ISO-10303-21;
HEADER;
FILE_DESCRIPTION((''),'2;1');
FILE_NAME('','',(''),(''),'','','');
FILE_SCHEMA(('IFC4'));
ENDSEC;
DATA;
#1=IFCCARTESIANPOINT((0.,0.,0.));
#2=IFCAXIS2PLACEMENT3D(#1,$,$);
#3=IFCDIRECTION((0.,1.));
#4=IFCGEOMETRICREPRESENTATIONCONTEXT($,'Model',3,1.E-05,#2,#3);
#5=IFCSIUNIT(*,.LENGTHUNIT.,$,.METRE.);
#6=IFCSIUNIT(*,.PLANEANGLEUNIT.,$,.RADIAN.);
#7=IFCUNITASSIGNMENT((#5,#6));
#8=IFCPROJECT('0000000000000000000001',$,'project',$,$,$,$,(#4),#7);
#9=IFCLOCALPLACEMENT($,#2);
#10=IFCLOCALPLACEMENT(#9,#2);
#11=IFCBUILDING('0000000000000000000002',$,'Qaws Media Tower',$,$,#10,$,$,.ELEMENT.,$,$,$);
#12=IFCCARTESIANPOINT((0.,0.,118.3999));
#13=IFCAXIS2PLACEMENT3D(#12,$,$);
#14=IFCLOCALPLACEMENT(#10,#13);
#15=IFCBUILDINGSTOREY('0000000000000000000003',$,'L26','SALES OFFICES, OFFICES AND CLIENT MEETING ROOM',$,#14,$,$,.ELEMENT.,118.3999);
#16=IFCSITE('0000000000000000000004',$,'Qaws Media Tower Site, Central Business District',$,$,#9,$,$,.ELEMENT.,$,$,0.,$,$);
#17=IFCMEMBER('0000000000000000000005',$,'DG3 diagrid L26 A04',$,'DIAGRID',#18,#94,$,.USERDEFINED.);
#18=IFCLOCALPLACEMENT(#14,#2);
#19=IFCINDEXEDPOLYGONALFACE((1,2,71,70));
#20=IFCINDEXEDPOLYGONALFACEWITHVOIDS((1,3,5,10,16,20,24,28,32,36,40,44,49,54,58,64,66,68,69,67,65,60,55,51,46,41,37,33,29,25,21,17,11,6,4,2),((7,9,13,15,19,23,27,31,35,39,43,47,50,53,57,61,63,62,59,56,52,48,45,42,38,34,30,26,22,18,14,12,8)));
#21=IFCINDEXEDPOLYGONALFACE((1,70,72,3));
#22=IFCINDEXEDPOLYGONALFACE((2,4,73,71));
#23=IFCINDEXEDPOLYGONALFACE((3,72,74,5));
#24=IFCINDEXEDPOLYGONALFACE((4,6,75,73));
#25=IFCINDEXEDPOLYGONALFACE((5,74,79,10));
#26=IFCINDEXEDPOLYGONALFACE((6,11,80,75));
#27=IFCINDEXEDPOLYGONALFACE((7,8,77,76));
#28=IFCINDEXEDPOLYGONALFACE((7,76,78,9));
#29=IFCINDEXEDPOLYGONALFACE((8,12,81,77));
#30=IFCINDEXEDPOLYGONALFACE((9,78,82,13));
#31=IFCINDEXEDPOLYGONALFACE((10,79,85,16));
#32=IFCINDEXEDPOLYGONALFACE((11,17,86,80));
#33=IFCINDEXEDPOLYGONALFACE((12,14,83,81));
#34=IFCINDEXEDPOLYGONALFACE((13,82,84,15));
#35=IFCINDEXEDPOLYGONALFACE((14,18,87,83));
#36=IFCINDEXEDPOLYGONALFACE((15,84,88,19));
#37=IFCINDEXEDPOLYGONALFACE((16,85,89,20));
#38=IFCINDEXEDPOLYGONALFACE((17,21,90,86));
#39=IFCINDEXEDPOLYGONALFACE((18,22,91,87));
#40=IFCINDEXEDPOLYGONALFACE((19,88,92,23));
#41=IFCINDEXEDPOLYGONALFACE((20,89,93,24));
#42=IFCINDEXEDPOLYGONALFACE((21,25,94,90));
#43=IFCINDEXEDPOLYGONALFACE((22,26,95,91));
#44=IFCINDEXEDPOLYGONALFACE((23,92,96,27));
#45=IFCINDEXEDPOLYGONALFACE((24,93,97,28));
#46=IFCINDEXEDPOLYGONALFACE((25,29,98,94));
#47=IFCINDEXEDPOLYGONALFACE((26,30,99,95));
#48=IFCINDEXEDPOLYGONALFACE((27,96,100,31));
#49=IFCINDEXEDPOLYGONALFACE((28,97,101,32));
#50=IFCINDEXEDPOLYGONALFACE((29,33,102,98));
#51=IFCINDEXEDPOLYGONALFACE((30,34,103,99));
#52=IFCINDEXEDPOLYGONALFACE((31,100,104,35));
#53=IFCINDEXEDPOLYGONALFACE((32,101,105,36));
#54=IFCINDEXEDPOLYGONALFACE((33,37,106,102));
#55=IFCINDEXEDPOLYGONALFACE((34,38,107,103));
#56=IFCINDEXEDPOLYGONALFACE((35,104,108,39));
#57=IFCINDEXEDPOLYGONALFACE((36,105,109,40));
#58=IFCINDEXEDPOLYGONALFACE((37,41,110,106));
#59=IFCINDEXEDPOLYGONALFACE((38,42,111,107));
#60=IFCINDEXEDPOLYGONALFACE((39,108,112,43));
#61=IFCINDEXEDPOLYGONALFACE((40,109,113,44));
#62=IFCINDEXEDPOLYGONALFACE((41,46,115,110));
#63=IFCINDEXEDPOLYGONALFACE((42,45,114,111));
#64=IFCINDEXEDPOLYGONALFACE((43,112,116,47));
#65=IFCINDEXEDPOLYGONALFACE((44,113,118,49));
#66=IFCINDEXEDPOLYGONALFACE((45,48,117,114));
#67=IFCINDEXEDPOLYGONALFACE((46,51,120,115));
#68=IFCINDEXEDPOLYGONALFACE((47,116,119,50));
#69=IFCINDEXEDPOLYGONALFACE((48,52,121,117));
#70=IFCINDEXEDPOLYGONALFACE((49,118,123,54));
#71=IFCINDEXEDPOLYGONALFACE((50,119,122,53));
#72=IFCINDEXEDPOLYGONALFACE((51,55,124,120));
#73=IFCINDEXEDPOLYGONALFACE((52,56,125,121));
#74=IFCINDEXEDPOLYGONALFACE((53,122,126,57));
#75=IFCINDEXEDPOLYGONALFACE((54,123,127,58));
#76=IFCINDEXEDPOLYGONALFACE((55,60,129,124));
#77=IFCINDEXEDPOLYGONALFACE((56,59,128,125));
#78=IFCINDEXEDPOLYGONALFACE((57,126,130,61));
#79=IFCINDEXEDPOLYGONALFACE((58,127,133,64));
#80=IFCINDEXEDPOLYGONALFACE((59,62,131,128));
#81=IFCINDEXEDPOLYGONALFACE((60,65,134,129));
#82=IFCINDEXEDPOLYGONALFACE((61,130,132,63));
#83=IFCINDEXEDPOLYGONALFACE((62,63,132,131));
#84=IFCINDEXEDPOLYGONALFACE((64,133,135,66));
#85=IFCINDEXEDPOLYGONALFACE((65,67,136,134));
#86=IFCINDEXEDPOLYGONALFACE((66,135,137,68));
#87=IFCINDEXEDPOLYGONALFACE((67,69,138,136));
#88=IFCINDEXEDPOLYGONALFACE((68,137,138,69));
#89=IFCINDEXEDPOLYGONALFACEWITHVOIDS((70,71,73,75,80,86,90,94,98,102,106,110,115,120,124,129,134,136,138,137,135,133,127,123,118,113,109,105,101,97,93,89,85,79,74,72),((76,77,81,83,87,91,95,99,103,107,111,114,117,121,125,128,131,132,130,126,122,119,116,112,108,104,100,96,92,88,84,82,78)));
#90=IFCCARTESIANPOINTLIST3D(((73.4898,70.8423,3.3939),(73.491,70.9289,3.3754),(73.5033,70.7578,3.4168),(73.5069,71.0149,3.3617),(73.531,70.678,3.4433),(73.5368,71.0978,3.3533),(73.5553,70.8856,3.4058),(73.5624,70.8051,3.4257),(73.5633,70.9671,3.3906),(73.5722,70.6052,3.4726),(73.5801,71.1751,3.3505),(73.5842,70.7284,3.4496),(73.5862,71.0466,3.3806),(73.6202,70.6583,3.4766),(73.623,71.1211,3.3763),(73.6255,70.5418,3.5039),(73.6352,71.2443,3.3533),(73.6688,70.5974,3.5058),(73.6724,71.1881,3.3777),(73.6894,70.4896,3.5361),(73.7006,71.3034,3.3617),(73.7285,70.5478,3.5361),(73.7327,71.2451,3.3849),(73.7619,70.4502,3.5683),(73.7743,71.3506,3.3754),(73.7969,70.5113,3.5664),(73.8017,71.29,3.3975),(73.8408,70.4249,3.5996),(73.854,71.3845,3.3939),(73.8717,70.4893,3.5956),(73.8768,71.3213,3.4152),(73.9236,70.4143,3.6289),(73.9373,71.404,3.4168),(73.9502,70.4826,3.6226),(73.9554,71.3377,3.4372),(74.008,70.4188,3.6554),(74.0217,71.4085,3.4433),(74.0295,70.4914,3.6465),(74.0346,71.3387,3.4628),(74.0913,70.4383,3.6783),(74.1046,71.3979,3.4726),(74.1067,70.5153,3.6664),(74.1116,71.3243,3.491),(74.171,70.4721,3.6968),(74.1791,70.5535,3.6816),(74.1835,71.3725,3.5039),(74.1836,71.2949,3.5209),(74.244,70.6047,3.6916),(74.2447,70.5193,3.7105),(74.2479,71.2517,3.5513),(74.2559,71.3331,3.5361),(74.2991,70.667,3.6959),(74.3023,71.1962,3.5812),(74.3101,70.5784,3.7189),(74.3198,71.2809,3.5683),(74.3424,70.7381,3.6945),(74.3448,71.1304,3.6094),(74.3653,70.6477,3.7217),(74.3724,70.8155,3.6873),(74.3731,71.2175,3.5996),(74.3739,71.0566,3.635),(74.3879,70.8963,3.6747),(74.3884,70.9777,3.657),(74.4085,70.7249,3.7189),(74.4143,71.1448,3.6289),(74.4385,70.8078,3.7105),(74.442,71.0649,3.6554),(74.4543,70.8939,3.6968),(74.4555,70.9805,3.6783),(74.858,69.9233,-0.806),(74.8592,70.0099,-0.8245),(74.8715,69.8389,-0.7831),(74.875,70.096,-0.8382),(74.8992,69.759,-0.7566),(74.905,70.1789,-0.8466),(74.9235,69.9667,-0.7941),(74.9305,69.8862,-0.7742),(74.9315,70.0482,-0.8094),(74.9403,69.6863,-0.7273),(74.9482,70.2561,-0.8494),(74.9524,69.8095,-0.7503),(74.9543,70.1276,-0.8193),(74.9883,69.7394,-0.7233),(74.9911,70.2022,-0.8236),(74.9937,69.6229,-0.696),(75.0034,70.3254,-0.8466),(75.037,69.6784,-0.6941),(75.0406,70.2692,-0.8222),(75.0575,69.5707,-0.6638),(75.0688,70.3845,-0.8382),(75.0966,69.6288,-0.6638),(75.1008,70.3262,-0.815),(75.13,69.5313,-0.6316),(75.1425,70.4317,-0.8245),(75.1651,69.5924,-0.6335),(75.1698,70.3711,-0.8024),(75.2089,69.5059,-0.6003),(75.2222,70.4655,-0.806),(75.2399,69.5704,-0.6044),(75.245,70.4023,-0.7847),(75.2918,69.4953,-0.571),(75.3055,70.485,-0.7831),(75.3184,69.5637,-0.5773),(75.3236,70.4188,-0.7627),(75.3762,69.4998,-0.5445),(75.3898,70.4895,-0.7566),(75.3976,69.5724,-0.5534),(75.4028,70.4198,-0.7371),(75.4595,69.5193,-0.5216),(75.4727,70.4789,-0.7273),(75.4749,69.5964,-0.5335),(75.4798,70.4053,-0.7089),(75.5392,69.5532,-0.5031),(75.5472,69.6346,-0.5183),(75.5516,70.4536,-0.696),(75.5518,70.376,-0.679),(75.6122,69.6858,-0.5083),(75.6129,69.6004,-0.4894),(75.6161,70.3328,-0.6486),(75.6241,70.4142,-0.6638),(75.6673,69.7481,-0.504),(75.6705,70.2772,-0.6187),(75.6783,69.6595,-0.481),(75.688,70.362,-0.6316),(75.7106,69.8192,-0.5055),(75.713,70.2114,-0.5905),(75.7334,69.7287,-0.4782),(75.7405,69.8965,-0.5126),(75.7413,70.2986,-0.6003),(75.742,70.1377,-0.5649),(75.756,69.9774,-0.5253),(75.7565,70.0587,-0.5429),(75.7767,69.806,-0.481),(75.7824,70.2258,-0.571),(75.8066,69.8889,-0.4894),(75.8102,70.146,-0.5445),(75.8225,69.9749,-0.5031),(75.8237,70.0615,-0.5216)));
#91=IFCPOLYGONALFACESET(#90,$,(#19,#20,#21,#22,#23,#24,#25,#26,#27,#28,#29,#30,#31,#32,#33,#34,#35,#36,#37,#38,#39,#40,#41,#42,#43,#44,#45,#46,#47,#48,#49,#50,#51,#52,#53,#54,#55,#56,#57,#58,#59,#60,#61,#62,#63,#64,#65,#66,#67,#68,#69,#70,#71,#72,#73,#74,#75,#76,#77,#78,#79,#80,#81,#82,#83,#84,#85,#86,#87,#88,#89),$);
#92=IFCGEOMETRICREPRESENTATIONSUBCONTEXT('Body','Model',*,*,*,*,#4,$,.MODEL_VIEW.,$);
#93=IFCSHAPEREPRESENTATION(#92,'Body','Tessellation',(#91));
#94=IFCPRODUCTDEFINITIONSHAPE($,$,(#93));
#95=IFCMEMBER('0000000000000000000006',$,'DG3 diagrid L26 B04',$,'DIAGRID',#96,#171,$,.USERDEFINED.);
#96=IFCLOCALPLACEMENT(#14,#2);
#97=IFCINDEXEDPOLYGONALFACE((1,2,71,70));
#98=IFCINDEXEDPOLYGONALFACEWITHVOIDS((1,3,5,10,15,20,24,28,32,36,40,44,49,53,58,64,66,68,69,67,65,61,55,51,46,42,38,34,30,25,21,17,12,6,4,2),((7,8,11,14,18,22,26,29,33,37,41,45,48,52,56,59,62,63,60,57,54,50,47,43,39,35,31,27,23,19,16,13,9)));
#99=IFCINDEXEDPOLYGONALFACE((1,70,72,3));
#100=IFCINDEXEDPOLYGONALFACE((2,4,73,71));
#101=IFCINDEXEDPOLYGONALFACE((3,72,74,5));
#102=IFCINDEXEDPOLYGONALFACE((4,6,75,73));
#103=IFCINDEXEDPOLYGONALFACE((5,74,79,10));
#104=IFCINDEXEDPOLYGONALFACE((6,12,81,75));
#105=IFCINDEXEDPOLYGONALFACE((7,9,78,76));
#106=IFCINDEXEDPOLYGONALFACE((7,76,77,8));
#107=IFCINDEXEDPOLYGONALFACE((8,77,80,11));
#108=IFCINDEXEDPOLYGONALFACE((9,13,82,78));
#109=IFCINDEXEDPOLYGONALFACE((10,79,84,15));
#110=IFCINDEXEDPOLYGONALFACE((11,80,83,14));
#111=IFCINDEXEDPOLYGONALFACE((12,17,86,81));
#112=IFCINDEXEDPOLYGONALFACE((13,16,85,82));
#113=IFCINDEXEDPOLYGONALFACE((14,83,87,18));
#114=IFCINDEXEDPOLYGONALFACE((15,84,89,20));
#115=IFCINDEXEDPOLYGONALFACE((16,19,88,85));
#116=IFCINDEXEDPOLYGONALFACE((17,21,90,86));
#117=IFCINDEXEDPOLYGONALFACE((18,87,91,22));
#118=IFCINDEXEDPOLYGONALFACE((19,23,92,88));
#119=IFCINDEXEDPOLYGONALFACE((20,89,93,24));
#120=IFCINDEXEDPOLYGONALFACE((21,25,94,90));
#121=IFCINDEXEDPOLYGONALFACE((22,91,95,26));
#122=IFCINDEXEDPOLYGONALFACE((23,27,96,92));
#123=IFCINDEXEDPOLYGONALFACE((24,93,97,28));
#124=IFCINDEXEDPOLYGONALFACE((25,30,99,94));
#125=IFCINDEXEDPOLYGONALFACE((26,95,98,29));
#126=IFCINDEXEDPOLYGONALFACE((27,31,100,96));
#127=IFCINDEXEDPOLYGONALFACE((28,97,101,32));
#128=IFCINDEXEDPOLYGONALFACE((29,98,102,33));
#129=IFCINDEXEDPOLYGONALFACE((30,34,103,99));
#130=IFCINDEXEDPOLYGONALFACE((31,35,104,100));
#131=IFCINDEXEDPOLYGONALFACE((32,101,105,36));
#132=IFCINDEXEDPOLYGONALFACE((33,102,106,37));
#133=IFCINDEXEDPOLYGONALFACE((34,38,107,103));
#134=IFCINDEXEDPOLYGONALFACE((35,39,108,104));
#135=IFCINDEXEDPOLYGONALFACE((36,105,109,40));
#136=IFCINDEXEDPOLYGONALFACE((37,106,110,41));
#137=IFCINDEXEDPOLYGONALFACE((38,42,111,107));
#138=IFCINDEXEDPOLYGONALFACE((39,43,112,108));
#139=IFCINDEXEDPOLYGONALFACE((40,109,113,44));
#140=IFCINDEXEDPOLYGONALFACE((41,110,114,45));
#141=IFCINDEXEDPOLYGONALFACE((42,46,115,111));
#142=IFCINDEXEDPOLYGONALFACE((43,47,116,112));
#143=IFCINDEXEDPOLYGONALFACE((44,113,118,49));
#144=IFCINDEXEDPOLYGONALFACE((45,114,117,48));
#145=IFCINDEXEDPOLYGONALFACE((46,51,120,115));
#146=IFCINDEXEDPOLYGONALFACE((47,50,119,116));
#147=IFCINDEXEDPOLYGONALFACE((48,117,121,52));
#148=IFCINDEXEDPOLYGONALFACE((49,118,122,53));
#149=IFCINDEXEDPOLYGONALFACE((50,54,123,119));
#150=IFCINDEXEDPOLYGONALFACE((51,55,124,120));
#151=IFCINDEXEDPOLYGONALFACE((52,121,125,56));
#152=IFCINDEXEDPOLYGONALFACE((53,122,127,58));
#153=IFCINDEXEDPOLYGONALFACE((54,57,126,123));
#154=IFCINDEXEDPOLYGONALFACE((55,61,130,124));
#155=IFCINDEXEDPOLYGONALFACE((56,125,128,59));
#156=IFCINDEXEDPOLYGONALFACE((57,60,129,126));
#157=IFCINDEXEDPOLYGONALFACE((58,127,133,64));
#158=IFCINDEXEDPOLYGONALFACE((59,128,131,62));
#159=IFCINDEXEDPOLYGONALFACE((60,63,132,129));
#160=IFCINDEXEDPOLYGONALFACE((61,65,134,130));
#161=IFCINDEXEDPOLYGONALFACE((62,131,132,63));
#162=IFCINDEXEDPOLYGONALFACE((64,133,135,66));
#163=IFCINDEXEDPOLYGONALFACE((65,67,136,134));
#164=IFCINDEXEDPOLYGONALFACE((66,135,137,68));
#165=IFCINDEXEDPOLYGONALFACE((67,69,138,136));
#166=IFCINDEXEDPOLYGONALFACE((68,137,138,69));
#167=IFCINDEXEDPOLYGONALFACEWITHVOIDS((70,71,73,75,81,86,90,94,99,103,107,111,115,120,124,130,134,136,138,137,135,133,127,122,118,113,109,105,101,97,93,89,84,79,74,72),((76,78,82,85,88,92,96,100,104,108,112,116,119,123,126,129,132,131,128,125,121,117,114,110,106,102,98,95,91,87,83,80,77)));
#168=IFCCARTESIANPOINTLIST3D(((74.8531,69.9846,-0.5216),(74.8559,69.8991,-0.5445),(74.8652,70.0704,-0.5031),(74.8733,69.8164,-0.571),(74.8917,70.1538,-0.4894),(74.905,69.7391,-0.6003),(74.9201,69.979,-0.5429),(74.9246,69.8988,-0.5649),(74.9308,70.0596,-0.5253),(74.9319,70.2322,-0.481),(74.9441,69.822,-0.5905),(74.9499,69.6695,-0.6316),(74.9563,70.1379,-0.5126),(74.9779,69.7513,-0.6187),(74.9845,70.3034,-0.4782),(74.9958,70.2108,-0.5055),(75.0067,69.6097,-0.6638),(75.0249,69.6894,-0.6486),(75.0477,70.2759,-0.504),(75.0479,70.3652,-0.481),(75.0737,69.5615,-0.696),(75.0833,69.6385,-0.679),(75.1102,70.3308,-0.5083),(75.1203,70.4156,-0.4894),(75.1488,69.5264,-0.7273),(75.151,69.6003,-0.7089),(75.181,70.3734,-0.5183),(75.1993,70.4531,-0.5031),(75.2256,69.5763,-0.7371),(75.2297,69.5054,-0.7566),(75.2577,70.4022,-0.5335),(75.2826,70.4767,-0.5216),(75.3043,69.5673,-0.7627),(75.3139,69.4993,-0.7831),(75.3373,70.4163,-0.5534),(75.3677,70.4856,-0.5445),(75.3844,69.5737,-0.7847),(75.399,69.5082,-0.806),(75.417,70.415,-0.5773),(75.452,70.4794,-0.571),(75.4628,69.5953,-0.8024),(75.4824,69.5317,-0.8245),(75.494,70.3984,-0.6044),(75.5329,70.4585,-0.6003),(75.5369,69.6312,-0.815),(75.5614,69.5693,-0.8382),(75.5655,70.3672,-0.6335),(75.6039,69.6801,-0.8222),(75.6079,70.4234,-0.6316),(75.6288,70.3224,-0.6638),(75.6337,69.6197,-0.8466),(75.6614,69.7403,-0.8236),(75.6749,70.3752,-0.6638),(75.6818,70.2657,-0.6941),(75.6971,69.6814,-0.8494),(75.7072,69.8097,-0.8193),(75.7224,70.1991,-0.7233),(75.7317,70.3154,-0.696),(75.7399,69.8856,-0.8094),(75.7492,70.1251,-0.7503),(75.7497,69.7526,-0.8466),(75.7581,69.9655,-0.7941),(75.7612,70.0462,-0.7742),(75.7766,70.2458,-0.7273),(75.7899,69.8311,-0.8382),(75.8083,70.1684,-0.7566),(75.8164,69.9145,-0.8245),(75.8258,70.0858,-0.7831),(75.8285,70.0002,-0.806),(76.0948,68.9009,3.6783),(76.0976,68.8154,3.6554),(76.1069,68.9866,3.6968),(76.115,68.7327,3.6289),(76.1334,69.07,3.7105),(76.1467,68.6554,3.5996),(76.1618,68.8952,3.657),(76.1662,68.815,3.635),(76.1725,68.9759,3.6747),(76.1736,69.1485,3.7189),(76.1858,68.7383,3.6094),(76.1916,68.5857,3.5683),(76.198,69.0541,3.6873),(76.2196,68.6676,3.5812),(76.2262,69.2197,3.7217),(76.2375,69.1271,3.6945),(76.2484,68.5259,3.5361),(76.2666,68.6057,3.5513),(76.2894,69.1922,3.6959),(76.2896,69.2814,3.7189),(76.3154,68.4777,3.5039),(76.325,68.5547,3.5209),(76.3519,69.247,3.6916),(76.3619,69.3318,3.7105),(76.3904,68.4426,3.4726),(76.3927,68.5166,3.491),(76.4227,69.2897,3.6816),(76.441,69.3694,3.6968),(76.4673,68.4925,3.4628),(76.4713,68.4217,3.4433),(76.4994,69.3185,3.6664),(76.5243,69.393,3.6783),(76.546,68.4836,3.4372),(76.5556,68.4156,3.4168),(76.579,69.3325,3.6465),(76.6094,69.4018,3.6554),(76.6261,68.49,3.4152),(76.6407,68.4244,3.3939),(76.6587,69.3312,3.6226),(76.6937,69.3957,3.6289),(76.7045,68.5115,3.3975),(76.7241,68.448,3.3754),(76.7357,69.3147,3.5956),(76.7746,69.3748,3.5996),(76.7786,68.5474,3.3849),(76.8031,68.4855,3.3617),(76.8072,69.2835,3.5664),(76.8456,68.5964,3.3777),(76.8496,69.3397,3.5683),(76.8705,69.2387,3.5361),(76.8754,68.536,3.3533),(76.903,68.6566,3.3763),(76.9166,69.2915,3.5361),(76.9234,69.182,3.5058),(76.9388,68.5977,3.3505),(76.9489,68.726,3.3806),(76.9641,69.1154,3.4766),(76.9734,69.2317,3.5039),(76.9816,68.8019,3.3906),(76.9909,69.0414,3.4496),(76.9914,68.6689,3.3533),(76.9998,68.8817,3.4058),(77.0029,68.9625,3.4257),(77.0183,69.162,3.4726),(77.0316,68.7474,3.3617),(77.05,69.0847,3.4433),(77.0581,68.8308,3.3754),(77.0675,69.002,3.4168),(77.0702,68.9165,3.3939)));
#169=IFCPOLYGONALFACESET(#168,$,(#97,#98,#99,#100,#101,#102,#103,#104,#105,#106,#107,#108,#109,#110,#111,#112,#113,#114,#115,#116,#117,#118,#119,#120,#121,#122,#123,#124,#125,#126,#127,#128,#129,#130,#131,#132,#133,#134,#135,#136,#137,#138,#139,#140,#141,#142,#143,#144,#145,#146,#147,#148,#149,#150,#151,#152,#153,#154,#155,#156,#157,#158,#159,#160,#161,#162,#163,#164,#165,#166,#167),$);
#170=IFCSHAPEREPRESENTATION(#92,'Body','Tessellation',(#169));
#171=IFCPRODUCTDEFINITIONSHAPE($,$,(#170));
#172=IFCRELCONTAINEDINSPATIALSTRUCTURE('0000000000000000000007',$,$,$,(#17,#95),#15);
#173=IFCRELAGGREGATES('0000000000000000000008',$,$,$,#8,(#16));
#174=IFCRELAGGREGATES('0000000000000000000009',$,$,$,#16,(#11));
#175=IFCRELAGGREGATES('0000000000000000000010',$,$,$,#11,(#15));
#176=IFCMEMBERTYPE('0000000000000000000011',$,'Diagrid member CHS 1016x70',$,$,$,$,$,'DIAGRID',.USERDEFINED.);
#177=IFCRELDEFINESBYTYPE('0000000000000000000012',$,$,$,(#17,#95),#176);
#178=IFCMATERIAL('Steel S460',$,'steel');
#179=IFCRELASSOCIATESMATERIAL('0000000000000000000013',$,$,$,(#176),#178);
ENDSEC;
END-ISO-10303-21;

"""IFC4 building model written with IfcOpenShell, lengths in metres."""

from ifc_helpers import new_model, si_unit, direction, frame, origin, origin_2d, place, context, subcontext, project, spatial, hollow_circle, extrude, material, material_profile, profile_set, type_object, element, save


model = new_model("IFC4")

# Units and contexts
model_context = context("Model", 3, precision=1e-05, world=origin(), true_north=direction((0.0, 1.0)))
body_context = subcontext(model_context, "Body", "Model", "MODEL_VIEW")
ifc_project = project(units=[si_unit("LENGTHUNIT", "METRE"), si_unit("PLANEANGLEUNIT", "RADIAN")], contexts=[model_context])

# Site, building, storey
site_placement = place(None, origin())
site = spatial("IfcSite", under=ifc_project, at=site_placement, Name="Qaws Media Tower Site, Central Business District", CompositionType="ELEMENT", RefElevation=0.0)
building_placement = place(site_placement, origin())
building = spatial("IfcBuilding", under=site, at=building_placement, Name="Qaws Media Tower", CompositionType="ELEMENT")
storey_placement = place(building_placement, frame((0.0, 0.0, 118.3999)))
storey = spatial("IfcBuildingStorey", under=building, at=storey_placement, Name="L26", Description="SALES OFFICES, OFFICES AND CLIENT MEETING ROOM", CompositionType="ELEMENT", Elevation=118.3999)

# Members
ifc_material_1 = material(Name="Steel S460", Category="steel")
ifc_material_profile_1 = material_profile(ifc_material_1, hollow_circle(Radius=0.5081, WallThickness=0.0701, at=origin_2d()), Name="CHS 1016x70")
ifc_profile_set_1 = profile_set([ifc_material_profile_1], Name="Steel S460")
member_type_1 = type_object("IfcMemberType", Name="Diagrid member CHS 1016x70", ElementType="DIAGRID", PredefinedType="USERDEFINED", material=ifc_profile_set_1)
for number, where, z_axis, x_axis, name in (
    (1, (75.3408, 69.9924, -0.6638), (-0.303244, 0.203678, 0.930891), (-0.557568, -0.830131, 0.0), "DG3 diagrid L26 A04"),
    (2, (75.3408, 69.9924, -0.6638), (0.275214, -0.240204, 0.930892), (0.65756, 0.753402, 0.0), "DG3 diagrid L26 B04"),
):
    element("IfcMember", number, at=place(storey_placement, frame(where, z_axis=z_axis, x_axis=x_axis)), inside=storey, type_object=member_type_1, Name=name, ObjectType="DIAGRID", PredefinedType="USERDEFINED", context=body_context, shape_type="SweptSolid", body=[
        extrude(hollow_circle(Radius=0.5081, WallThickness=0.0701, at=origin_2d()), origin(), (0.0, 0.0, 1.0), 4.5117),
    ])

save(model, "model.ifc")
